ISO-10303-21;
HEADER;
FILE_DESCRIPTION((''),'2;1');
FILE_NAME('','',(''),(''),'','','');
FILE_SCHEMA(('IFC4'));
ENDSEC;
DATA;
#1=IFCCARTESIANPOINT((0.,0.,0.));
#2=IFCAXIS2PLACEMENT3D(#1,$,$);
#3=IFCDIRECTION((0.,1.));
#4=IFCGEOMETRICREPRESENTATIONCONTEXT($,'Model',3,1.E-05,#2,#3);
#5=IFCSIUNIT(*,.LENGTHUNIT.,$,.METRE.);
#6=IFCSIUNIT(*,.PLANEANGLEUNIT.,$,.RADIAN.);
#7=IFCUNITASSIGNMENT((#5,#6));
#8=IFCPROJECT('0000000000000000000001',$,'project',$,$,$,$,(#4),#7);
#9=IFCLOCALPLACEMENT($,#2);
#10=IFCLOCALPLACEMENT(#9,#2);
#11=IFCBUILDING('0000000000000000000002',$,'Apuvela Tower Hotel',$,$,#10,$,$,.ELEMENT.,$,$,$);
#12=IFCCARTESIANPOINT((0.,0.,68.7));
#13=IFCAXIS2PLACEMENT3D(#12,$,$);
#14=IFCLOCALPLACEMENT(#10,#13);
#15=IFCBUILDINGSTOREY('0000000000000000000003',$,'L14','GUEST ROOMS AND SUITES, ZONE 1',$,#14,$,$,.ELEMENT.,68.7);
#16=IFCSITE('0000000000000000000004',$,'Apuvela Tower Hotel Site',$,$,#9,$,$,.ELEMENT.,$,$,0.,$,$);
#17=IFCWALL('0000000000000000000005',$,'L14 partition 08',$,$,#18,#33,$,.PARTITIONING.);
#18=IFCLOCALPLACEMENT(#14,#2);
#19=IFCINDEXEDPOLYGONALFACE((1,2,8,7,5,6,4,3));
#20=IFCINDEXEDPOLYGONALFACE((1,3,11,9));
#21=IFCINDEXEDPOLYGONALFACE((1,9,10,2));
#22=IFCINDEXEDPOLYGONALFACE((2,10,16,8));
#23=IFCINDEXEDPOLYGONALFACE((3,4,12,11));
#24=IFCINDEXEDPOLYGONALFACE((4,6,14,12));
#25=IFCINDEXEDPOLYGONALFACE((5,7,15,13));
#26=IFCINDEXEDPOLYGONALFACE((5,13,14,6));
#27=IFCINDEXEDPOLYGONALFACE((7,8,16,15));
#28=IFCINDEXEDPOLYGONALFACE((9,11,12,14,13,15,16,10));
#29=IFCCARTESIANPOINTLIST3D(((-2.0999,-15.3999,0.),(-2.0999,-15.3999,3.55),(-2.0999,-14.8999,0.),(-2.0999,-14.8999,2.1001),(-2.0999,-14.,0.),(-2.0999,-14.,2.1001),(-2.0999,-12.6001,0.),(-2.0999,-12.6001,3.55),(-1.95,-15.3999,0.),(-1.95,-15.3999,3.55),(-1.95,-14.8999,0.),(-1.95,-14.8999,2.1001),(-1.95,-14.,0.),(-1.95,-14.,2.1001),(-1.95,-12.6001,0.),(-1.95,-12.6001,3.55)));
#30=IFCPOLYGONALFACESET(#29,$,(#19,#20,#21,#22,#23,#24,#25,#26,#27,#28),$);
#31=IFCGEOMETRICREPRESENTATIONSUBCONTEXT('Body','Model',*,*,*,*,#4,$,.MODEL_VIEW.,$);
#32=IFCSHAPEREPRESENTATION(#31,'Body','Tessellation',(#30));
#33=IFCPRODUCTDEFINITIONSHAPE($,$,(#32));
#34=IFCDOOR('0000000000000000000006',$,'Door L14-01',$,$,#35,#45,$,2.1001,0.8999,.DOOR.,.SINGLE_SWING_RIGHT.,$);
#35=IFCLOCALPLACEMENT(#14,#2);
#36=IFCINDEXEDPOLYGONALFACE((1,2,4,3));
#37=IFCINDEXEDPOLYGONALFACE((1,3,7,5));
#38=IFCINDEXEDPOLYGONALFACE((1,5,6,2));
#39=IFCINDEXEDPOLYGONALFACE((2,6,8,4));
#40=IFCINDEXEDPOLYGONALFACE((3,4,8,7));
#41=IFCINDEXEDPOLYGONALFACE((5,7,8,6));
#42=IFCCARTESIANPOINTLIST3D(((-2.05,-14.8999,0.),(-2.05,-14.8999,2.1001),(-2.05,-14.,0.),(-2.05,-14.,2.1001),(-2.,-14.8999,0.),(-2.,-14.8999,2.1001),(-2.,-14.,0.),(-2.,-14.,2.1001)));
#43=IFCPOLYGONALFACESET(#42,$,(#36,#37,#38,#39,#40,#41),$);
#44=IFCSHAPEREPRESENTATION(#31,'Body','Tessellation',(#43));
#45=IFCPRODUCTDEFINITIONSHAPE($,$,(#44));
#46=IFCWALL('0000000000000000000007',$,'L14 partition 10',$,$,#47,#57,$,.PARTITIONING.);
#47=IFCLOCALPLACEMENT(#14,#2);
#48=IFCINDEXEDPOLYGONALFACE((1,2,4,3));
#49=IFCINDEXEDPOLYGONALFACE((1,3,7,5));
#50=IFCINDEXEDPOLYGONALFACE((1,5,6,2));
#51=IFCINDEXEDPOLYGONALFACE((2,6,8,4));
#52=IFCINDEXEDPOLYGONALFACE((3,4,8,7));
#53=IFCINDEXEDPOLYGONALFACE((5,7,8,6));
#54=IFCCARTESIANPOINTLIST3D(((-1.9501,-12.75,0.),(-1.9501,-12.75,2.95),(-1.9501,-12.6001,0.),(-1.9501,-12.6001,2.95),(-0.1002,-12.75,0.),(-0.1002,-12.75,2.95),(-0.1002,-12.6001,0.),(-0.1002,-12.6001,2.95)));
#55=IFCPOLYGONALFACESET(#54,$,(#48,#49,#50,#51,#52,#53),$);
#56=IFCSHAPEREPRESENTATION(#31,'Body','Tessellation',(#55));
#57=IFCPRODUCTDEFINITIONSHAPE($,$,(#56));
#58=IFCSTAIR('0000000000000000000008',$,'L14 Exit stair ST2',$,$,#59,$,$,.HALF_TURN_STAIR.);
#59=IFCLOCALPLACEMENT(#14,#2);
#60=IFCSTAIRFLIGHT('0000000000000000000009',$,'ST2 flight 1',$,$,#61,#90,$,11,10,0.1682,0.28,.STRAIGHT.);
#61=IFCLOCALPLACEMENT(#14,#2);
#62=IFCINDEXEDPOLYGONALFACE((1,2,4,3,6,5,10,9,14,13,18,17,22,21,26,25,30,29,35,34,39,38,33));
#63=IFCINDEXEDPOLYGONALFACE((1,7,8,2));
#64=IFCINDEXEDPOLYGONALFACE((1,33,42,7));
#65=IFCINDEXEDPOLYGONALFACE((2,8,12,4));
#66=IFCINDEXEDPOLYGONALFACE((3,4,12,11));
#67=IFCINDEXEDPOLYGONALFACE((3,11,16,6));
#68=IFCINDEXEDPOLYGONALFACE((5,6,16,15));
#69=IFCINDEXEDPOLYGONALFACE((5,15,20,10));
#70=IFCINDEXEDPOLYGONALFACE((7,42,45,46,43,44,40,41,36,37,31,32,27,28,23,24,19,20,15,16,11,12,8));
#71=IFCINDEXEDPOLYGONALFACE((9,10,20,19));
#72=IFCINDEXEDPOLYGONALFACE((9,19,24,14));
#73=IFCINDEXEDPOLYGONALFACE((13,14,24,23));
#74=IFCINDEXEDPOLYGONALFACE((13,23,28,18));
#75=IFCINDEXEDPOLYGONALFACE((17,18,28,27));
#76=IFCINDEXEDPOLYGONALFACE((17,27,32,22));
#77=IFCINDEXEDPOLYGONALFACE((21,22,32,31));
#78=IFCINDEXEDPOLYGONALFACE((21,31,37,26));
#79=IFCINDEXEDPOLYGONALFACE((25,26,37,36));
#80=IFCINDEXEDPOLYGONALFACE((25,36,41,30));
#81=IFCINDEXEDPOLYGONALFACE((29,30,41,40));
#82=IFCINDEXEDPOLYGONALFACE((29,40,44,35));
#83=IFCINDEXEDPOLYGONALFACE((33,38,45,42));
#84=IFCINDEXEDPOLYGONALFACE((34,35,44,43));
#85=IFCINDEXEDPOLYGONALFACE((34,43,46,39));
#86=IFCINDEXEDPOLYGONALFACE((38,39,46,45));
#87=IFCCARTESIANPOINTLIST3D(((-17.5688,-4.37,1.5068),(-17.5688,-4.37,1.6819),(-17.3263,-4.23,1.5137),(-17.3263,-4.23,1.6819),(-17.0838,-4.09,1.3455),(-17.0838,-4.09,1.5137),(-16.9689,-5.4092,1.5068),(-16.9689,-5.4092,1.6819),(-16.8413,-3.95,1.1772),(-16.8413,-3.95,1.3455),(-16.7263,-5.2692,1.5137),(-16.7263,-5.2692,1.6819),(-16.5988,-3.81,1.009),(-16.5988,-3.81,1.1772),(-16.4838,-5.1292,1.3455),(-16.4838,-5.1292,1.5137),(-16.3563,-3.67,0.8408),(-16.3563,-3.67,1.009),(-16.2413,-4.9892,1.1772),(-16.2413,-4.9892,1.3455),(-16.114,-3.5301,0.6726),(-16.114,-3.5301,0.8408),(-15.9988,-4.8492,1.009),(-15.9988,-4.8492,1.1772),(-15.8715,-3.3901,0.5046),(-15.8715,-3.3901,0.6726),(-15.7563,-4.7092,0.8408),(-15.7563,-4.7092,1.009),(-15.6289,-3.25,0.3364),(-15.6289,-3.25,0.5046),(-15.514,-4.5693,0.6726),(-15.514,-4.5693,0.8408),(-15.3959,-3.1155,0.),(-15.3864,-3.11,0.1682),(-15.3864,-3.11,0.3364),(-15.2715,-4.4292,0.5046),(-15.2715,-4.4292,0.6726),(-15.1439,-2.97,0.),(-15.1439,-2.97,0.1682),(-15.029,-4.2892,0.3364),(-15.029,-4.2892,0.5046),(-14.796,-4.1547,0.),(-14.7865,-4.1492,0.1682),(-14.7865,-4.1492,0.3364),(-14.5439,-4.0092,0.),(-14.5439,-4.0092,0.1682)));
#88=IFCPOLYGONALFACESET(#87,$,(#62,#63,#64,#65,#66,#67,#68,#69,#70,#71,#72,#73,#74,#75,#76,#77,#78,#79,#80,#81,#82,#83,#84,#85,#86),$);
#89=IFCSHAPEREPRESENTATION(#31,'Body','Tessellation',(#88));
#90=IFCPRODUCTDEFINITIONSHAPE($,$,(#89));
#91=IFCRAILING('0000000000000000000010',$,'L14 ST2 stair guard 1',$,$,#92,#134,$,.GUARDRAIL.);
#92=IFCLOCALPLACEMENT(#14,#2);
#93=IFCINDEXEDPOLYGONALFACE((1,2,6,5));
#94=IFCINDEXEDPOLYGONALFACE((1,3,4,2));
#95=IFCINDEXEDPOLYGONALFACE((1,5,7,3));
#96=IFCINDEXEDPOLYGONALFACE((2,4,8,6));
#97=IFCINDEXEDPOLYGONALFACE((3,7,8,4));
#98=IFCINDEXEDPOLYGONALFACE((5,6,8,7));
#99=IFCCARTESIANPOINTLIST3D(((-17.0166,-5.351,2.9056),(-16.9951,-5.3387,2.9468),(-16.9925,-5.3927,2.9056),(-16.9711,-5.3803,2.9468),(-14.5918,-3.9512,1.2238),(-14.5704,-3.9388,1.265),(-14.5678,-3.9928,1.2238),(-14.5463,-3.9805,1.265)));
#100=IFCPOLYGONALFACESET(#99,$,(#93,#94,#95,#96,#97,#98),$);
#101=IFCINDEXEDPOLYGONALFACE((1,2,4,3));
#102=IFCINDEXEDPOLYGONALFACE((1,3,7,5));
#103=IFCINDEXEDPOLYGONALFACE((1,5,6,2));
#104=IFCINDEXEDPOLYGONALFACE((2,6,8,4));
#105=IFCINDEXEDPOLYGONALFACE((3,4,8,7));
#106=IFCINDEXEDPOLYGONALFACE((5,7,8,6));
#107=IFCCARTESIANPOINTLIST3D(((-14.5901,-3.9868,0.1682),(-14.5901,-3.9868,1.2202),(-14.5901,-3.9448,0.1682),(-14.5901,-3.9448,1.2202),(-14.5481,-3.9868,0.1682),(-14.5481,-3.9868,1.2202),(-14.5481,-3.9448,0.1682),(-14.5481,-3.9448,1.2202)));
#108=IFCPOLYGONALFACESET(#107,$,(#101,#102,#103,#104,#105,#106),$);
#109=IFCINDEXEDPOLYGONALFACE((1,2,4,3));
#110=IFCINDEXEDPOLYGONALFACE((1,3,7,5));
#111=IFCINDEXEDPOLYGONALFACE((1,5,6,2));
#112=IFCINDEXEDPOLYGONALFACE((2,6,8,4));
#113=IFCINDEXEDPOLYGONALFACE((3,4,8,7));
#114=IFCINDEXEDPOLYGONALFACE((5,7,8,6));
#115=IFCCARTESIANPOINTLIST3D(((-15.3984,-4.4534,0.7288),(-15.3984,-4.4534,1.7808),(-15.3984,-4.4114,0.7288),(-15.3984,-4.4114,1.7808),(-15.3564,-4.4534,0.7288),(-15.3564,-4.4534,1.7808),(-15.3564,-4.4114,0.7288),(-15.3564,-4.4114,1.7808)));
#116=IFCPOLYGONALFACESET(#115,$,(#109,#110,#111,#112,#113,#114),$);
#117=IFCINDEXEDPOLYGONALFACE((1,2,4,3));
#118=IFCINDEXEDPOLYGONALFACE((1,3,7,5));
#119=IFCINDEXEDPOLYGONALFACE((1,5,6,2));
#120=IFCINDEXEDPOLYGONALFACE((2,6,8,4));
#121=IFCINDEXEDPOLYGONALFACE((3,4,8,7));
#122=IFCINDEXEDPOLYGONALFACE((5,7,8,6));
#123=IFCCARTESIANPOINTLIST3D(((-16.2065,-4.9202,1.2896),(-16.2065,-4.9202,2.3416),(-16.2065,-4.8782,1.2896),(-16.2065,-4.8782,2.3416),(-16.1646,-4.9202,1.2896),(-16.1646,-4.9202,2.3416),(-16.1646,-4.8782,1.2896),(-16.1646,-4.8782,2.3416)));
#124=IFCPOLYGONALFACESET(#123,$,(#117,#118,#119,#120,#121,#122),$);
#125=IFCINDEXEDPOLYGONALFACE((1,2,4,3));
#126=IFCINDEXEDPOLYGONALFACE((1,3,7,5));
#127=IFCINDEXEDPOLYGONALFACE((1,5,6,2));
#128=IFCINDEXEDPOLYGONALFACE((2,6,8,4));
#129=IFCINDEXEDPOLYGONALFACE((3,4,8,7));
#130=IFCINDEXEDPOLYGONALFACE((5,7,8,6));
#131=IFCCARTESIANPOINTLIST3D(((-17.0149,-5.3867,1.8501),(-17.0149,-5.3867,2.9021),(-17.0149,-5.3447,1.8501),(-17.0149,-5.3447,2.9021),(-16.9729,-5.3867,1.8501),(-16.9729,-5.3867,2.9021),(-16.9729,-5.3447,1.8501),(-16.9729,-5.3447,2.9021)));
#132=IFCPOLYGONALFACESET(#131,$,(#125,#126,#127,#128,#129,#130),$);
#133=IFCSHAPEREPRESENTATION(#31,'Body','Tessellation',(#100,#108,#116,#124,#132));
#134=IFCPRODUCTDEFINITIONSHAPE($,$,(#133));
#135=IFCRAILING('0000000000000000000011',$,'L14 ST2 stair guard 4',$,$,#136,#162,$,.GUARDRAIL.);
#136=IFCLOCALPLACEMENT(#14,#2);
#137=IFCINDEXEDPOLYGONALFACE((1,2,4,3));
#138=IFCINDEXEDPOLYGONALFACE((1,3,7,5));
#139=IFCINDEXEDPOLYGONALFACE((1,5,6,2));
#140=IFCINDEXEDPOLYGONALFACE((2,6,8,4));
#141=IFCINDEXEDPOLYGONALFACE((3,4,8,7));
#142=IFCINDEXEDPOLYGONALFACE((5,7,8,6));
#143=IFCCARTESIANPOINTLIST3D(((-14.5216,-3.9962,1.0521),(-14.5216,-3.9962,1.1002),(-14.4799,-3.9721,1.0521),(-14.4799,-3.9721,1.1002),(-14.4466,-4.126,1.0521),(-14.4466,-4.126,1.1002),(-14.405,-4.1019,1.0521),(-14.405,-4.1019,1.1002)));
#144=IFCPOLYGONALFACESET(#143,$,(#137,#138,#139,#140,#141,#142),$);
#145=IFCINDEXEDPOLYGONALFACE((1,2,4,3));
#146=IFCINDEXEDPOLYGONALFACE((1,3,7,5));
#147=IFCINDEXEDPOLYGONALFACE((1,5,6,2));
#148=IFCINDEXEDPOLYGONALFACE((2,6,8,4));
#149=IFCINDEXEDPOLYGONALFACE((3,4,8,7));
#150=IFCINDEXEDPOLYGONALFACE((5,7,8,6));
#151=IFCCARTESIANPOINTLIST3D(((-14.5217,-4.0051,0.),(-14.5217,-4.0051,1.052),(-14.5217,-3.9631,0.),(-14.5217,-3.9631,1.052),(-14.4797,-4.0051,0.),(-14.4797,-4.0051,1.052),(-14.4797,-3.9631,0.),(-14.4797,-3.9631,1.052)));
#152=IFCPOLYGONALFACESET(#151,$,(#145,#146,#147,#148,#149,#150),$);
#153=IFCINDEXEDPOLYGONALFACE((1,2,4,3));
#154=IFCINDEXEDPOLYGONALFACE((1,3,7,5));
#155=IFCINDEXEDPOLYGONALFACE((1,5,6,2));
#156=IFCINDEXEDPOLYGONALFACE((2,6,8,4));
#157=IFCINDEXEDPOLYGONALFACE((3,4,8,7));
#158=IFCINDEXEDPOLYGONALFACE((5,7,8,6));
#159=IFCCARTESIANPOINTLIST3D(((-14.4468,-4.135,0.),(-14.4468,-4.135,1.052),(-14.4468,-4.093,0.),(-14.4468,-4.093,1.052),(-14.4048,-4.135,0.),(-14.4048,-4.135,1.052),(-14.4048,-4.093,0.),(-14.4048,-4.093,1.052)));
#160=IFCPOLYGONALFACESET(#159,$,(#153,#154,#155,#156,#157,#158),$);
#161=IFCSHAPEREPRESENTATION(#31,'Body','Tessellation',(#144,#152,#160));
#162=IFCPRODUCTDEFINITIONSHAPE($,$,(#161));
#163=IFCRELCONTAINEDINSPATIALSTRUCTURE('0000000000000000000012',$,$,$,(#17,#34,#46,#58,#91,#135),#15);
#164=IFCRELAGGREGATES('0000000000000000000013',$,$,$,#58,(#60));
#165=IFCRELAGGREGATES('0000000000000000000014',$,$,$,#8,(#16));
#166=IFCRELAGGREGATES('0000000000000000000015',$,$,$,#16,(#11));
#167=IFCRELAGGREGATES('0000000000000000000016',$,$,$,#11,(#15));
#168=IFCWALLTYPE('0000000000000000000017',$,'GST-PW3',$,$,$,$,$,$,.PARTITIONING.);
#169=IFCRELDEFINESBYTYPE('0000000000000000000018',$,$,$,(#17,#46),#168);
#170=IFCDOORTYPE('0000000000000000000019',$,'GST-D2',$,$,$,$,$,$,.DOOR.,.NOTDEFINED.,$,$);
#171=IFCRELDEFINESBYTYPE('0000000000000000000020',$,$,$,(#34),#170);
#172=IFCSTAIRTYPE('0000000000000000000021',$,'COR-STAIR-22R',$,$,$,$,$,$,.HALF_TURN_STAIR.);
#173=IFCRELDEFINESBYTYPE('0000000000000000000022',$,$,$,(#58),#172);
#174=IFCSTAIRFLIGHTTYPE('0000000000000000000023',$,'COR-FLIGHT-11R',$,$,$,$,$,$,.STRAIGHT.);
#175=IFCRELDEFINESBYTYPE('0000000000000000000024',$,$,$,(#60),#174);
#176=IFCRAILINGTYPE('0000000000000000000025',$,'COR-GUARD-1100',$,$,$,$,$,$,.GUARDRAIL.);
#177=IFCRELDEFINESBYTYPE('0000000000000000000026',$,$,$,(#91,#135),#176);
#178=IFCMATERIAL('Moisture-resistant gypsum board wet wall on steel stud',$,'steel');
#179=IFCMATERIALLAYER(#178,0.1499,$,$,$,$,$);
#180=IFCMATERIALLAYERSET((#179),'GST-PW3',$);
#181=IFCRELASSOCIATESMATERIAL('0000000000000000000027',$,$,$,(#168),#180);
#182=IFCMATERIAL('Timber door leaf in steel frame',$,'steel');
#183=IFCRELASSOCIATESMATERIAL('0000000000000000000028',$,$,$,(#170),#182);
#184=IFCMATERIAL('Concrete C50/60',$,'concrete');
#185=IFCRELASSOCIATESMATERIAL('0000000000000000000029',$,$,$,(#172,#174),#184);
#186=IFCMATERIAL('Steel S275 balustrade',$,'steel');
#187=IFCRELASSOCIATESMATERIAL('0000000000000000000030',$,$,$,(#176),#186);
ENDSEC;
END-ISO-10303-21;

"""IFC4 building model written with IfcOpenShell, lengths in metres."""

from ifc_helpers import new_model, si_unit, direction, frame, frame_2d, origin, origin_2d, place, context, subcontext, project, spatial, polyline, rectangle, outline, extrude, material, layer, layer_set, type_object, element, fill, aggregate, save


model = new_model("IFC4")

# Units and contexts
model_context = context("Model", 3, precision=1e-05, world=origin(), true_north=direction((0.0, 1.0)))
body_context = subcontext(model_context, "Body", "Model", "MODEL_VIEW")
ifc_project = project(units=[si_unit("LENGTHUNIT", "METRE"), si_unit("PLANEANGLEUNIT", "RADIAN")], contexts=[model_context])

# Site, building, storey
site_placement = place(None, origin())
site = spatial("IfcSite", under=ifc_project, at=site_placement, Name="Apuvela Tower Hotel Site", CompositionType="ELEMENT", RefElevation=0.0)
building_placement = place(site_placement, origin())
building = spatial("IfcBuilding", under=site, at=building_placement, Name="Apuvela Tower Hotel", CompositionType="ELEMENT")
storey_placement = place(building_placement, frame((0.0, 0.0, 68.7)))
storey = spatial("IfcBuildingStorey", under=building, at=storey_placement, Name="L14", Description="GUEST ROOMS AND SUITES, ZONE 1", CompositionType="ELEMENT", Elevation=68.7)

# Shared definitions
ifc_material_1 = material(Name="Concrete C50/60", Category="concrete")

# Wall, opening, door
ifc_material_2 = material(Name="Timber door leaf in steel frame", Category="steel")
ifc_material_3 = material(Name="Moisture-resistant gypsum board wet wall on steel stud", Category="steel")
ifc_layer_1 = layer(ifc_material_3, 0.1499)
ifc_layer_set_1 = layer_set([ifc_layer_1], Name="GST-PW3")
wall_type_1 = type_object("IfcWallType", Name="GST-PW3", PredefinedType="PARTITIONING", material=ifc_layer_set_1)
wall_1_placement = place(storey_placement, frame((-2.0249, -12.6001, 0.0), z_axis=(0.0, 0.0, 1.0), x_axis=(0.0, -1.0, 0.0)))
wall_1 = element("IfcWall", 1, at=wall_1_placement, inside=storey, type_object=wall_type_1, Name="L14 partition 08", PredefinedType="PARTITIONING", context=body_context, shape_type="SweptSolid", body=[
    extrude(rectangle(XDim=2.7998, YDim=0.1499, at=frame_2d((1.3999, 0.0))), origin(), (0.0, 0.0, 1.0), 3.55),
])
opening_1_placement = place(wall_1_placement, frame((1.3999, 0.0, 0.0)))
opening_1 = element("IfcOpeningElement", 2, at=opening_1_placement, cuts=wall_1, PredefinedType="OPENING", context=body_context, shape_type="SweptSolid", body=[
    extrude(rectangle(XDim=0.8999, YDim=2.1001, at=frame_2d((0.45, 1.05))), frame((0.0, 0.085, 0.0), z_axis=(0.0, -1.0, 0.0), x_axis=(1.0, 0.0, 0.0)), (0.0, 0.0, 1.0), 0.1699),
])
door_type_1 = type_object("IfcDoorType", Name="GST-D2", OperationType="NOTDEFINED", PredefinedType="DOOR", material=ifc_material_2)
door_1_placement = place(opening_1_placement, origin())
door_1 = element("IfcDoor", 3, at=door_1_placement, inside=storey, type_object=door_type_1, Name="Door L14-01", OperationType="SINGLE_SWING_RIGHT", OverallHeight=2.1001, OverallWidth=0.8999, PredefinedType="DOOR", context=body_context, shape_type="SweptSolid", body=[
    extrude(rectangle(XDim=0.8999, YDim=2.1001, at=frame_2d((0.45, 1.05))), frame((0.0, 0.0249, 0.0), z_axis=(0.0, -1.0, 0.0), x_axis=(1.0, 0.0, 0.0)), (0.0, 0.0, 1.0), 0.05),
])
fill(opening_1, door_1)

# Wall
wall_2_placement = place(storey_placement, frame((-1.95, -12.675, 0.0), z_axis=(0.0, 0.0, 1.0), x_axis=(1.0, 0.0, 0.0)))
element("IfcWall", 4, at=wall_2_placement, inside=storey, type_object=wall_type_1, Name="L14 partition 10", PredefinedType="PARTITIONING", context=body_context, shape_type="SweptSolid", body=[
    extrude(rectangle(XDim=1.8499, YDim=0.1499, at=frame_2d((0.9248, 0.0))), origin(), (0.0, 0.0, 1.0), 2.95),
])

# Stair, stair flight
stair_type = type_object("IfcStairType", Name="COR-STAIR-22R", PredefinedType="HALF_TURN_STAIR", material=ifc_material_1)
stair_placement = place(storey_placement, origin())
stair = element("IfcStair", 5, at=stair_placement, inside=storey, type_object=stair_type, Name="L14 Exit stair ST2", PredefinedType="HALF_TURN_STAIR")
stair_flight_type = type_object("IfcStairFlightType", Name="COR-FLIGHT-11R", PredefinedType="STRAIGHT", material=ifc_material_1)
stair_flight_placement = place(storey_placement, frame((-14.844, -3.4895, 0.0), z_axis=(0.0, 0.0, 1.0), x_axis=(-0.866025, -0.5, 0.0)))
stair_flight = element("IfcStairFlight", 6, at=stair_flight_placement, type_object=stair_flight_type, Name="ST2 flight 1", NumberOfRisers=11, NumberOfTreads=10, PredefinedType="STRAIGHT", RiserHeight=0.1682, TreadLength=0.28, context=body_context, shape_type="SweptSolid", body=[
    extrude(outline(polyline([(0.0, 0.0), (0.0, 0.1682), (0.28, 0.1682), (0.28, 0.3364), (0.5601, 0.3364), (0.5601, 0.5046), (0.8401, 0.5046), (0.8401, 0.6726), (1.1201, 0.6726), (1.1201, 0.8408), (1.3999, 0.8408), (1.3999, 1.009), (1.6799, 1.009), (1.6799, 1.1772), (1.96, 1.1772), (1.96, 1.3455), (2.24, 1.3455), (2.24, 1.5137), (2.52, 1.5137), (2.52, 1.6819), (2.8, 1.6819), (2.8, 1.8501), (2.8, 1.5068), (0.291, 0.0), (0.0, 0.0)])), frame((0.0, 0.6001, 0.0), z_axis=(0.0, -1.0, 0.0), x_axis=(1.0, 0.0, 0.0)), (0.0, 0.0, 1.0), 1.2),
])
aggregate(stair, [stair_flight])

# Railings
ifc_material_4 = material(Name="Steel S275 balustrade", Category="steel")
railing_type = type_object("IfcRailingType", Name="COR-GUARD-1100", PredefinedType="GUARDRAIL", material=ifc_material_4)
railing_1_placement = place(storey_placement, frame((-14.5691, -3.9658, 0.1682)))
element("IfcRailing", 7, at=railing_1_placement, inside=storey, type_object=railing_type, Name="L14 ST2 stair guard 1", PredefinedType="GUARDRAIL", context=body_context, shape_type="SweptSolid", body=[
    extrude(rectangle(XDim=0.0481, YDim=0.0481, at=origin_2d()), frame((0.0, 0.0, 1.0762), z_axis=(-0.74239, -0.428601, 0.514934), x_axis=(0.499984, -0.866035, 0.0)), (0.0, 0.0, 1.0), 3.2661),
    extrude(rectangle(XDim=0.042, YDim=0.042, at=origin_2d()), origin(), (0.0, 0.0, 1.0), 1.052),
    extrude(rectangle(XDim=0.042, YDim=0.042, at=origin_2d()), frame((-0.8083, -0.4666, 0.5605)), (0.0, 0.0, 1.0), 1.052),
    extrude(rectangle(XDim=0.042, YDim=0.042, at=origin_2d()), frame((-1.6165, -0.9333, 1.1213)), (0.0, 0.0, 1.0), 1.052),
    extrude(rectangle(XDim=0.042, YDim=0.042, at=origin_2d()), frame((-2.4248, -1.3999, 1.6819)), (0.0, 0.0, 1.0), 1.052),
])
railing_2_placement = place(storey_placement, frame((-14.5007, -3.9841, 0.0)))
element("IfcRailing", 8, at=railing_2_placement, inside=storey, type_object=railing_type, Name="L14 ST2 stair guard 4", PredefinedType="GUARDRAIL", context=body_context, shape_type="SweptSolid", body=[
    extrude(rectangle(XDim=0.0481, YDim=0.0481, at=origin_2d()), frame((0.0, 0.0, 1.0762), z_axis=(0.499816, -0.866131, 0.0), x_axis=(0.866131, 0.499816, 0.0)), (0.0, 0.0, 1.0), 0.1499),
    extrude(rectangle(XDim=0.042, YDim=0.042, at=origin_2d()), origin(), (0.0, 0.0, 1.0), 1.052),
    extrude(rectangle(XDim=0.042, YDim=0.042, at=origin_2d()), frame((0.075, -0.1299, 0.0)), (0.0, 0.0, 1.0), 1.052),
])

save(model, "model.ifc")
